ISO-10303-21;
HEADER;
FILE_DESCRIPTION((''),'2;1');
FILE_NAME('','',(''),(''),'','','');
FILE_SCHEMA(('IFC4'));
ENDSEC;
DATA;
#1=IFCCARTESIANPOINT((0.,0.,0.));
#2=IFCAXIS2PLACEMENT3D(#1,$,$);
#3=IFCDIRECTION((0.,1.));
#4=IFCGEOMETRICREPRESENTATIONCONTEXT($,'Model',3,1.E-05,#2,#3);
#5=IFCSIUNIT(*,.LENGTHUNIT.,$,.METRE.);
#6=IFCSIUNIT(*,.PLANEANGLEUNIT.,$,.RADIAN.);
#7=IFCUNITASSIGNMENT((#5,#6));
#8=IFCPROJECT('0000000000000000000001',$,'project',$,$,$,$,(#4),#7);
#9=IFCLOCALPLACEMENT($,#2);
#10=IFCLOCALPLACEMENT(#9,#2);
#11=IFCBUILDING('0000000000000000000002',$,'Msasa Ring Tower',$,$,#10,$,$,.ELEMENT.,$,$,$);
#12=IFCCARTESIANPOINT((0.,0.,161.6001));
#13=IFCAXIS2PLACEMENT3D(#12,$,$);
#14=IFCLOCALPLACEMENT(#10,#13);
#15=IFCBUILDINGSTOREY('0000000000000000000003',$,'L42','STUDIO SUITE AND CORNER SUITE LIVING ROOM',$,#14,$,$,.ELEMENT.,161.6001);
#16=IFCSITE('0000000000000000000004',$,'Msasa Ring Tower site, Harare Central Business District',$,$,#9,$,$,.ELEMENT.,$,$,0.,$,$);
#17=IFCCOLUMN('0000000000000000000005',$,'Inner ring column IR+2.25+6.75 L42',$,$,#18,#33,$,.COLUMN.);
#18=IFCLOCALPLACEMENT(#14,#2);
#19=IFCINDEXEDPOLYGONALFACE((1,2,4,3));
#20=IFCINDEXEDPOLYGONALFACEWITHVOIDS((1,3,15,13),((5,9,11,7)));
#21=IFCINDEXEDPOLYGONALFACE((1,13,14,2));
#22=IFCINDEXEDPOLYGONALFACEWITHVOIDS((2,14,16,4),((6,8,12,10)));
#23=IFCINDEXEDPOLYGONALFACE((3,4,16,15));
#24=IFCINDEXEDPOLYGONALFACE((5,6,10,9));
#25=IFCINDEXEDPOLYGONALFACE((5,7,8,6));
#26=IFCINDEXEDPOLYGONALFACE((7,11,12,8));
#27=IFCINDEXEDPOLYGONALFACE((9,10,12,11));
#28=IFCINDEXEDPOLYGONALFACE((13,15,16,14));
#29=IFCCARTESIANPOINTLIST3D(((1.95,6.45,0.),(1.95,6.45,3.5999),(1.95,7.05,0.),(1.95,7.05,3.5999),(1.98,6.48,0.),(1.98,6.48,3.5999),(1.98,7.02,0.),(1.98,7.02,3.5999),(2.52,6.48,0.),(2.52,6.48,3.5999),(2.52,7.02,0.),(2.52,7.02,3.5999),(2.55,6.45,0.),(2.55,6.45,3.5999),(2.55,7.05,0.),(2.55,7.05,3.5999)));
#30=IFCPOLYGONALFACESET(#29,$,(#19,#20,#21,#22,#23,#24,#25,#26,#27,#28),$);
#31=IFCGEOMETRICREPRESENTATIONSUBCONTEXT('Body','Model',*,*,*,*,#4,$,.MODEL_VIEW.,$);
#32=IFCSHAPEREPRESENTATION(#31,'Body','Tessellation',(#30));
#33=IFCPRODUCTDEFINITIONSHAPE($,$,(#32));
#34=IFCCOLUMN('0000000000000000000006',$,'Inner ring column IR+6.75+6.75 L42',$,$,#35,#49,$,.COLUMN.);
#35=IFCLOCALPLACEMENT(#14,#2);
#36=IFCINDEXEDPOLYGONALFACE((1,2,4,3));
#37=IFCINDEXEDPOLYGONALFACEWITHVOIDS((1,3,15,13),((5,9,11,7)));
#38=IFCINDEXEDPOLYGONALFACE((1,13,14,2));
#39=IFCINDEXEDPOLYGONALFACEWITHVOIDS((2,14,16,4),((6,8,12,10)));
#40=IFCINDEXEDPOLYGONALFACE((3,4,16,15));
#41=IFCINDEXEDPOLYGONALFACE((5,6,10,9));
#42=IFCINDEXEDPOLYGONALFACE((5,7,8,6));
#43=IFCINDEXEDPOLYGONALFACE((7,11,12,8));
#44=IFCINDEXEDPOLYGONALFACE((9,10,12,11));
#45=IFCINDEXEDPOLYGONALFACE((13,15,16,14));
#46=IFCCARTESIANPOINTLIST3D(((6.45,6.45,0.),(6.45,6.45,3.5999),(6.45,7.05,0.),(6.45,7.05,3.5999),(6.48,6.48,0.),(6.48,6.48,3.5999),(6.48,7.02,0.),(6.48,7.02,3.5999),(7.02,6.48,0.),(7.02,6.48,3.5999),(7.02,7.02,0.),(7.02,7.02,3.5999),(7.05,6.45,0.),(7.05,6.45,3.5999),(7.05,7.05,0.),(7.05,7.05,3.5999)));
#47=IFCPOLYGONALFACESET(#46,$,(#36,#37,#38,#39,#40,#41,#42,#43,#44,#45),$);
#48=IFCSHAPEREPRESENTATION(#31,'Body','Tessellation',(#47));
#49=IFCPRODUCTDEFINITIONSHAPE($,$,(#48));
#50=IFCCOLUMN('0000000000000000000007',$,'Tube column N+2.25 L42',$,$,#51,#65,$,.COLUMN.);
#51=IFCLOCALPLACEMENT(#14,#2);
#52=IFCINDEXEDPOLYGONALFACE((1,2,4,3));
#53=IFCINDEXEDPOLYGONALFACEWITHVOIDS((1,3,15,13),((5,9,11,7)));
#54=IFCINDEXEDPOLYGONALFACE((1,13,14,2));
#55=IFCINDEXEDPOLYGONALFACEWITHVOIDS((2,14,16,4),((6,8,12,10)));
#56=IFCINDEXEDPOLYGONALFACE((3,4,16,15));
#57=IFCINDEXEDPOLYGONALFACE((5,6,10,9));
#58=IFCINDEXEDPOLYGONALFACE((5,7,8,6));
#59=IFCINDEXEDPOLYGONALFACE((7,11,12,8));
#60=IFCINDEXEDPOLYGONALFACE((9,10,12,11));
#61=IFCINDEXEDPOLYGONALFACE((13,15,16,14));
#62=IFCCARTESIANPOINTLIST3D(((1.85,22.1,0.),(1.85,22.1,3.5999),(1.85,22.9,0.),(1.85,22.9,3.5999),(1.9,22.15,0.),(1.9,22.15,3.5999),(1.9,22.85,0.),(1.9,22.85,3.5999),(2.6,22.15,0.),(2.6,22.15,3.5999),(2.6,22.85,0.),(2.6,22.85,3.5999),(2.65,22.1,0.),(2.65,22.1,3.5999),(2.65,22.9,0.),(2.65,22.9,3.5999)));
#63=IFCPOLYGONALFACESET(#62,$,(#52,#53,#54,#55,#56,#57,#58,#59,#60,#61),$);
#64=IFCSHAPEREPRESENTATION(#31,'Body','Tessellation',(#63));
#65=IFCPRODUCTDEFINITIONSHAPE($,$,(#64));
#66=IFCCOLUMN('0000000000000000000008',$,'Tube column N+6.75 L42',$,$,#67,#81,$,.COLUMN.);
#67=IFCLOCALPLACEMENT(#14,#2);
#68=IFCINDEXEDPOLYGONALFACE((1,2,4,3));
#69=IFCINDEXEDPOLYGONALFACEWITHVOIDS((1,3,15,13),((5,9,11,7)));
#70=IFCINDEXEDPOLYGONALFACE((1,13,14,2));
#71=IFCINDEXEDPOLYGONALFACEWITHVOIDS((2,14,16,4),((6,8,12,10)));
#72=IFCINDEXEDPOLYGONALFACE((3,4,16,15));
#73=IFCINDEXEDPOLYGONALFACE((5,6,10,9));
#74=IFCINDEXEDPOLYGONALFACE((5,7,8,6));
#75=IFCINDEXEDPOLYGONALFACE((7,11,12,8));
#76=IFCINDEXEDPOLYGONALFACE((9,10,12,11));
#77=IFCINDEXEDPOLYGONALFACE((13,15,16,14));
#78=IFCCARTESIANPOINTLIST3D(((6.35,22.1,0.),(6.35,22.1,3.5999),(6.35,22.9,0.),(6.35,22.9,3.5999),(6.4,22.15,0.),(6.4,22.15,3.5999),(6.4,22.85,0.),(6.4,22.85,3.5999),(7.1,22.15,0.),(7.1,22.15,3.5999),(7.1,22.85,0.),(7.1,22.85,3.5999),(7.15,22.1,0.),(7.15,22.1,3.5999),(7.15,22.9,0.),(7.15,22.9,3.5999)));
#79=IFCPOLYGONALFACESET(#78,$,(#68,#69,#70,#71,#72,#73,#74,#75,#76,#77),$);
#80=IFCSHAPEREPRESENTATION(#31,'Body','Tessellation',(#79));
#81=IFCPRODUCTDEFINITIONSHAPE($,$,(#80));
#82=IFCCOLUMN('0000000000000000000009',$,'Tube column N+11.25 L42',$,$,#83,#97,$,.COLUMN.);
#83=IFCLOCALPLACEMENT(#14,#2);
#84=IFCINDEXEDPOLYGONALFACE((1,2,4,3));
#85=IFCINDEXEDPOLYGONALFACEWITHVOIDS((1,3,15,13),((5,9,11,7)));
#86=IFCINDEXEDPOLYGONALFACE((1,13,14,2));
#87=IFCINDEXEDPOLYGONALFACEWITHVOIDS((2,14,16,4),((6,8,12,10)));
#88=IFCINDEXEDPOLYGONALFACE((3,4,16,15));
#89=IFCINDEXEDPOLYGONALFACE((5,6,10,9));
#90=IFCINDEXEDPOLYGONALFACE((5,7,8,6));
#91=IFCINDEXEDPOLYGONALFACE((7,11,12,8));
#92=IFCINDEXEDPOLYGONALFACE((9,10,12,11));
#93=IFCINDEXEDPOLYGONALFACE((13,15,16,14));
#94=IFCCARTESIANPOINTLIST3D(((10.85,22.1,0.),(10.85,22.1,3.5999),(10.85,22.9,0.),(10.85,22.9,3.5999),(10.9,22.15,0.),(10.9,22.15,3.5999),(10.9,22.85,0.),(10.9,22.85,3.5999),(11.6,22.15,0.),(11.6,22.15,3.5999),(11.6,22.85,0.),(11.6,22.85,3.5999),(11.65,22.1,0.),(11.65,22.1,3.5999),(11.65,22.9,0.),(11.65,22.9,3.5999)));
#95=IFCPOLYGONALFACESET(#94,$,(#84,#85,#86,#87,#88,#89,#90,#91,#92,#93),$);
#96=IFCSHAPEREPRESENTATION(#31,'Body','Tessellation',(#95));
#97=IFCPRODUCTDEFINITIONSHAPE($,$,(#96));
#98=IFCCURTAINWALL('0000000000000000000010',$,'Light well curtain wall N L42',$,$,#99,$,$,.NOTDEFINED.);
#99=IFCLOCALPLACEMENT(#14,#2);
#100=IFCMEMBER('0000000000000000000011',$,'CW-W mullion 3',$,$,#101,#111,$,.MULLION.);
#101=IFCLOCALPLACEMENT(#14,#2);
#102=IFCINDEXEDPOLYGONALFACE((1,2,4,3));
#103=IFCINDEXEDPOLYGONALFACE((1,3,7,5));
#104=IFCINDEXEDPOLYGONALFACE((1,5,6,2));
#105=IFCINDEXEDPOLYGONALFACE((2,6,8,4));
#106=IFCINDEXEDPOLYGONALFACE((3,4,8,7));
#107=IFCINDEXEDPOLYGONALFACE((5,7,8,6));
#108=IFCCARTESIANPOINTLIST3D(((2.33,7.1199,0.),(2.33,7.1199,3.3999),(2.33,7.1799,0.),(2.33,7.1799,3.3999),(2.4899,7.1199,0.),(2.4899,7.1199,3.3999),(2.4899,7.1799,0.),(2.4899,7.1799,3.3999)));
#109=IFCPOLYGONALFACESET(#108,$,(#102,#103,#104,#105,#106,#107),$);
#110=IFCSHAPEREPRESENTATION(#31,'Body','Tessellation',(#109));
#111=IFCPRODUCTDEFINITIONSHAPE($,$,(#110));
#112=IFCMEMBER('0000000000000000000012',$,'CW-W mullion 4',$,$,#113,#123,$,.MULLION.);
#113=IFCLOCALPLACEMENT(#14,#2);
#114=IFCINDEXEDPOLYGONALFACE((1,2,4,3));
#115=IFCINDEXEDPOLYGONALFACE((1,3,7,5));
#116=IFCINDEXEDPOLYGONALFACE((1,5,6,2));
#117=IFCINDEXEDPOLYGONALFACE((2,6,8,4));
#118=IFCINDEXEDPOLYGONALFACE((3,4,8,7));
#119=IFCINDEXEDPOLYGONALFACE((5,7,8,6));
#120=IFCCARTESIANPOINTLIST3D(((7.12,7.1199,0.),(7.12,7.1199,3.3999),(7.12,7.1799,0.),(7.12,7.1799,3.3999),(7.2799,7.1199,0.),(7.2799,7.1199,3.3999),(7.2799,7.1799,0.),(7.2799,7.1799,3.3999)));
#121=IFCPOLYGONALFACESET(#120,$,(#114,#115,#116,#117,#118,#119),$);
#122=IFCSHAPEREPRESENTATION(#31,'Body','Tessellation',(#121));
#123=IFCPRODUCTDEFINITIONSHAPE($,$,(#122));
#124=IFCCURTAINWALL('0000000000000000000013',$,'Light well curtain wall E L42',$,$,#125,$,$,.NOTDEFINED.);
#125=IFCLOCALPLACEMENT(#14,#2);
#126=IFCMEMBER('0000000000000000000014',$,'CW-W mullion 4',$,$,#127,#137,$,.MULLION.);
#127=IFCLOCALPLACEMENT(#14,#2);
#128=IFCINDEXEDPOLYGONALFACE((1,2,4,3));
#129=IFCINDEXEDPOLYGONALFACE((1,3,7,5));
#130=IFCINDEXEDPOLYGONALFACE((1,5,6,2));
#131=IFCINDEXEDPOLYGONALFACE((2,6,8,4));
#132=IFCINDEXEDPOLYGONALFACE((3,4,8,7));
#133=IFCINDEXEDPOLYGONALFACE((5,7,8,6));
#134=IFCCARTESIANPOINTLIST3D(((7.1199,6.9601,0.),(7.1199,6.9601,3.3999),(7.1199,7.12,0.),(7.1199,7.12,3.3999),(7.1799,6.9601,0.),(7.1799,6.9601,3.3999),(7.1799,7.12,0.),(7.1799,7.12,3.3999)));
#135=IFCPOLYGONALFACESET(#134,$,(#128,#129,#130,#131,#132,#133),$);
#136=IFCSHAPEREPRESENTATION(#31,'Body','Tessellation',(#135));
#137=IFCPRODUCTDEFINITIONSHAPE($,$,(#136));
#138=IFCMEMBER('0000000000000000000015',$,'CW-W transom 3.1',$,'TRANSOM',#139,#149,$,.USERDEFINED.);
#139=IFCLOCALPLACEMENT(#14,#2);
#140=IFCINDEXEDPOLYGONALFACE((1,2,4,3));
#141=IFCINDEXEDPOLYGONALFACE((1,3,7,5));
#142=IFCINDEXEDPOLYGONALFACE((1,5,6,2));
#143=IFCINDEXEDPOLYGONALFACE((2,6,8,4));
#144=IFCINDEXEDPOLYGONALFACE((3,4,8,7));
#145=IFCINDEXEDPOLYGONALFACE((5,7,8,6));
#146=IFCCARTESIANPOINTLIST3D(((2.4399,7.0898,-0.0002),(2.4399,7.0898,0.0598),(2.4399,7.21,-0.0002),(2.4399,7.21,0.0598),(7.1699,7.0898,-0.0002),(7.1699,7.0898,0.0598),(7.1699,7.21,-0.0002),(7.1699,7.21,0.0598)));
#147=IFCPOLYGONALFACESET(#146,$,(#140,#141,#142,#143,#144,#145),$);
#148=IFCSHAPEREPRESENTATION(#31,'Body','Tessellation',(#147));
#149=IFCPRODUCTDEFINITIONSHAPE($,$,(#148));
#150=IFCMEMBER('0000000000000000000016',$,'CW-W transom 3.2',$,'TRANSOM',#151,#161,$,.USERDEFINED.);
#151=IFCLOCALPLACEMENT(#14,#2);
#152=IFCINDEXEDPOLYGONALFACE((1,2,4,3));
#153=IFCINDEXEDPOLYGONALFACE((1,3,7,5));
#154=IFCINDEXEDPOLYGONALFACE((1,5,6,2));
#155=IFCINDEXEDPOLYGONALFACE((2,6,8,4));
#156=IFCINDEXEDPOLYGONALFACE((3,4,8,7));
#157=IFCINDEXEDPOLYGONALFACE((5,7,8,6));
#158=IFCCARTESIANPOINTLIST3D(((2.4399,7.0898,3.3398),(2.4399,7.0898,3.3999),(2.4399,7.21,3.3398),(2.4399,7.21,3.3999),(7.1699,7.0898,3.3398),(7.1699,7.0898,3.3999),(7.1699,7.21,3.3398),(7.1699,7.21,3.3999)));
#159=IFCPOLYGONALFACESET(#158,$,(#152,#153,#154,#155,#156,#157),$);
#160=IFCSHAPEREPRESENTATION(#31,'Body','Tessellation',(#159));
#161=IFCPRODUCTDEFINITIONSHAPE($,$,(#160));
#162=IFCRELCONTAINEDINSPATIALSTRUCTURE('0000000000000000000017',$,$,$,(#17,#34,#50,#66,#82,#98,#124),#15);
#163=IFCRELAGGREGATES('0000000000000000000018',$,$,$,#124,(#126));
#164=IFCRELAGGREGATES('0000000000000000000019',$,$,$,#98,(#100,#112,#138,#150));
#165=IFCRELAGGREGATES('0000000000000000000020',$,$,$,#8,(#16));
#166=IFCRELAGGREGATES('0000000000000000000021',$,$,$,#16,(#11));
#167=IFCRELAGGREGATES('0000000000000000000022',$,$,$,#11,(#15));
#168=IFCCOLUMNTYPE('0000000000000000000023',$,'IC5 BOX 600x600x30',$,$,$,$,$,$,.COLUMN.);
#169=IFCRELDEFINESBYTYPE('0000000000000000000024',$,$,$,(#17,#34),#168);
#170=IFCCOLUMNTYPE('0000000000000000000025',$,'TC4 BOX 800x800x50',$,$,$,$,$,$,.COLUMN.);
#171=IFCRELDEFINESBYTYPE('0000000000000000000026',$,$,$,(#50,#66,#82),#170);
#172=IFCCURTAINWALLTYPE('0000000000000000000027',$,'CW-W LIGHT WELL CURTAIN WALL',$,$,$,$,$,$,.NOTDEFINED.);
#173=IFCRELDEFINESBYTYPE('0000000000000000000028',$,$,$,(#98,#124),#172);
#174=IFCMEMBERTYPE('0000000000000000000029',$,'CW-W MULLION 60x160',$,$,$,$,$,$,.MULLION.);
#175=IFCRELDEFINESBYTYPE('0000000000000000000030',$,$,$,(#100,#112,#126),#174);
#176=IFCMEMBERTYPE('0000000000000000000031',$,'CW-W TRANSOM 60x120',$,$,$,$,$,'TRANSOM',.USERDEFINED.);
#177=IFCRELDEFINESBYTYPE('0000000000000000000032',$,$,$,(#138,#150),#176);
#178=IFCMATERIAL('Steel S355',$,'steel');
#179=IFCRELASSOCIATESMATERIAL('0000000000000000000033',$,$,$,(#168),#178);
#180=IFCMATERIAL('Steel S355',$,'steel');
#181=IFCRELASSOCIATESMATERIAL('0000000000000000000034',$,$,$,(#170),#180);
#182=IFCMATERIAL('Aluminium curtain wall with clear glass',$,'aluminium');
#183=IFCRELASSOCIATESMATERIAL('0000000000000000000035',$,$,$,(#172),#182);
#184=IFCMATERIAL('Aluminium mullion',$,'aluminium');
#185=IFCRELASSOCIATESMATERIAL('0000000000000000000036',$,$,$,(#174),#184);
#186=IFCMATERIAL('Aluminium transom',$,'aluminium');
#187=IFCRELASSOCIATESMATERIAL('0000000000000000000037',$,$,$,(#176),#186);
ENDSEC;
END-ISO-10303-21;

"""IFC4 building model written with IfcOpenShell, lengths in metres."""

from ifc_helpers import new_model, si_unit, direction, frame, origin, origin_2d, place, context, subcontext, project, spatial, rectangle, hollow_rectangle, extrude, material, material_profile, profile_set, type_object, element, aggregate, save


model = new_model("IFC4")

# Units and contexts
model_context = context("Model", 3, precision=1e-05, world=origin(), true_north=direction((0.0, 1.0)))
body_context = subcontext(model_context, "Body", "Model", "MODEL_VIEW")
ifc_project = project(units=[si_unit("LENGTHUNIT", "METRE"), si_unit("PLANEANGLEUNIT", "RADIAN")], contexts=[model_context])

# Site, building, storey
site_placement = place(None, origin())
site = spatial("IfcSite", under=ifc_project, at=site_placement, Name="Msasa Ring Tower site, Harare Central Business District", CompositionType="ELEMENT", RefElevation=0.0)
building_placement = place(site_placement, origin())
building = spatial("IfcBuilding", under=site, at=building_placement, Name="Msasa Ring Tower", CompositionType="ELEMENT")
storey_placement = place(building_placement, frame((0.0, 0.0, 161.6001)))
storey = spatial("IfcBuildingStorey", under=building, at=storey_placement, Name="L42", Description="STUDIO SUITE AND CORNER SUITE LIVING ROOM", CompositionType="ELEMENT", Elevation=161.6001)

# Columns
ifc_material_1 = material(Name="Steel S355", Category="steel")
ifc_material_profile_1 = material_profile(ifc_material_1, hollow_rectangle(XDim=0.6001, YDim=0.6001, WallThickness=0.03, at=origin_2d()), Name="BOX 600x600x30")
ifc_profile_set_1 = profile_set([ifc_material_profile_1], Name="Steel S355")
column_type_1 = type_object("IfcColumnType", Name="IC5 BOX 600x600x30", PredefinedType="COLUMN", material=ifc_profile_set_1)
for number, where, z_axis, x_axis, name in (
    (1, (2.25, 6.75, 0.0), (0.0, 0.0, 1.0), (1.0, 0.0, 0.0), "Inner ring column IR+2.25+6.75 L42"),
    (2, (6.75, 6.75, 0.0), (0.0, 0.0, 1.0), (1.0, 0.0, 0.0), "Inner ring column IR+6.75+6.75 L42"),
):
    element("IfcColumn", number, at=place(storey_placement, frame(where, z_axis=z_axis, x_axis=x_axis)), inside=storey, type_object=column_type_1, Name=name, PredefinedType="COLUMN", context=body_context, shape_type="SweptSolid", body=[
        extrude(hollow_rectangle(XDim=0.6001, YDim=0.6001, WallThickness=0.03, at=origin_2d()), origin(), (0.0, 0.0, 1.0), 3.5999),
    ])
ifc_material_2 = material(Name="Steel S355", Category="steel")
ifc_material_profile_2 = material_profile(ifc_material_2, hollow_rectangle(XDim=0.8, YDim=0.8, WallThickness=0.05, at=origin_2d()), Name="BOX 800x800x50")
ifc_profile_set_2 = profile_set([ifc_material_profile_2], Name="Steel S355")
column_type_2 = type_object("IfcColumnType", Name="TC4 BOX 800x800x50", PredefinedType="COLUMN", material=ifc_profile_set_2)
for number, where, z_axis, x_axis, name in (
    (3, (2.25, 22.5, 0.0), (0.0, 0.0, 1.0), (0.0, 1.0, 0.0), "Tube column N+2.25 L42"),
    (4, (6.75, 22.5, 0.0), (0.0, 0.0, 1.0), (0.0, 1.0, 0.0), "Tube column N+6.75 L42"),
    (5, (11.25, 22.5, 0.0), (0.0, 0.0, 1.0), (0.0, 1.0, 0.0), "Tube column N+11.25 L42"),
):
    element("IfcColumn", number, at=place(storey_placement, frame(where, z_axis=z_axis, x_axis=x_axis)), inside=storey, type_object=column_type_2, Name=name, PredefinedType="COLUMN", context=body_context, shape_type="SweptSolid", body=[
        extrude(hollow_rectangle(XDim=0.8, YDim=0.8, WallThickness=0.05, at=origin_2d()), origin(), (0.0, 0.0, 1.0), 3.5999),
    ])

# Curtain wall, members
ifc_material_3 = material(Name="Aluminium curtain wall with clear glass", Category="aluminium")
curtain_wall_type = type_object("IfcCurtainWallType", Name="CW-W LIGHT WELL CURTAIN WALL", PredefinedType="NOTDEFINED", material=ifc_material_3)
curtain_wall_1_placement = place(storey_placement, origin())
curtain_wall_1 = element("IfcCurtainWall", 6, at=curtain_wall_1_placement, inside=storey, type_object=curtain_wall_type, Name="Light well curtain wall N L42", PredefinedType="NOTDEFINED")
ifc_material_4 = material(Name="Aluminium mullion", Category="aluminium")
ifc_material_profile_3 = material_profile(ifc_material_4, rectangle(XDim=0.0601, YDim=0.1599, at=origin_2d()), Name="AL 60x160")
ifc_profile_set_3 = profile_set([ifc_material_profile_3], Name="Aluminium mullion")
member_type_1 = type_object("IfcMemberType", Name="CW-W MULLION 60x160", PredefinedType="MULLION", material=ifc_profile_set_3)
member_1_placement = place(storey_placement, frame((2.4099, 7.1499, 0.0), z_axis=(0.0, 0.0, 1.0), x_axis=(0.0, 1.0, 0.0)))
member_1 = element("IfcMember", 7, at=member_1_placement, type_object=member_type_1, Name="CW-W mullion 3", PredefinedType="MULLION", context=body_context, shape_type="SweptSolid", body=[
    extrude(rectangle(XDim=0.0601, YDim=0.1599, at=origin_2d()), origin(), (0.0, 0.0, 1.0), 3.3999),
])
member_2_placement = place(storey_placement, frame((7.2, 7.1499, 0.0), z_axis=(0.0, 0.0, 1.0), x_axis=(0.0, 1.0, 0.0)))
member_2 = element("IfcMember", 8, at=member_2_placement, type_object=member_type_1, Name="CW-W mullion 4", PredefinedType="MULLION", context=body_context, shape_type="SweptSolid", body=[
    extrude(rectangle(XDim=0.0601, YDim=0.1599, at=origin_2d()), origin(), (0.0, 0.0, 1.0), 3.3999),
])

# Curtain wall, member
curtain_wall_2_placement = place(storey_placement, origin())
curtain_wall_2 = element("IfcCurtainWall", 9, at=curtain_wall_2_placement, inside=storey, type_object=curtain_wall_type, Name="Light well curtain wall E L42", PredefinedType="NOTDEFINED")
member_3_placement = place(storey_placement, frame((7.1499, 7.04, 0.0), z_axis=(0.0, 0.0, 1.0), x_axis=(-1.0, 0.0, 0.0)))
member_3 = element("IfcMember", 10, at=member_3_placement, type_object=member_type_1, Name="CW-W mullion 4", PredefinedType="MULLION", context=body_context, shape_type="SweptSolid", body=[
    extrude(rectangle(XDim=0.0601, YDim=0.1599, at=origin_2d()), origin(), (0.0, 0.0, 1.0), 3.3999),
])
aggregate(curtain_wall_2, [member_3])

# Members
ifc_material_5 = material(Name="Aluminium transom", Category="aluminium")
ifc_material_profile_4 = material_profile(ifc_material_5, rectangle(XDim=0.1201, YDim=0.0601, at=origin_2d()), Name="AL 60x120")
ifc_profile_set_4 = profile_set([ifc_material_profile_4], Name="Aluminium transom")
member_type_2 = type_object("IfcMemberType", Name="CW-W TRANSOM 60x120", ElementType="TRANSOM", PredefinedType="USERDEFINED", material=ifc_profile_set_4)
member_4_placement = place(storey_placement, frame((2.4399, 7.1499, 0.0298), z_axis=(1.0, 0.0, 0.0), x_axis=(0.0, 1.0, 0.0)))
member_4 = element("IfcMember", 11, at=member_4_placement, type_object=member_type_2, Name="CW-W transom 3.1", ObjectType="TRANSOM", PredefinedType="USERDEFINED", context=body_context, shape_type="SweptSolid", body=[
    extrude(rectangle(XDim=0.1201, YDim=0.0601, at=origin_2d()), origin(), (0.0, 0.0, 1.0), 4.73),
])
member_5_placement = place(storey_placement, frame((2.4399, 7.1499, 3.3699), z_axis=(1.0, 0.0, 0.0), x_axis=(0.0, 1.0, 0.0)))
member_5 = element("IfcMember", 12, at=member_5_placement, type_object=member_type_2, Name="CW-W transom 3.2", ObjectType="TRANSOM", PredefinedType="USERDEFINED", context=body_context, shape_type="SweptSolid", body=[
    extrude(rectangle(XDim=0.1201, YDim=0.0601, at=origin_2d()), origin(), (0.0, 0.0, 1.0), 4.73),
])

aggregate(curtain_wall_1, [member_1, member_2, member_4, member_5])

save(model, "model.ifc")
